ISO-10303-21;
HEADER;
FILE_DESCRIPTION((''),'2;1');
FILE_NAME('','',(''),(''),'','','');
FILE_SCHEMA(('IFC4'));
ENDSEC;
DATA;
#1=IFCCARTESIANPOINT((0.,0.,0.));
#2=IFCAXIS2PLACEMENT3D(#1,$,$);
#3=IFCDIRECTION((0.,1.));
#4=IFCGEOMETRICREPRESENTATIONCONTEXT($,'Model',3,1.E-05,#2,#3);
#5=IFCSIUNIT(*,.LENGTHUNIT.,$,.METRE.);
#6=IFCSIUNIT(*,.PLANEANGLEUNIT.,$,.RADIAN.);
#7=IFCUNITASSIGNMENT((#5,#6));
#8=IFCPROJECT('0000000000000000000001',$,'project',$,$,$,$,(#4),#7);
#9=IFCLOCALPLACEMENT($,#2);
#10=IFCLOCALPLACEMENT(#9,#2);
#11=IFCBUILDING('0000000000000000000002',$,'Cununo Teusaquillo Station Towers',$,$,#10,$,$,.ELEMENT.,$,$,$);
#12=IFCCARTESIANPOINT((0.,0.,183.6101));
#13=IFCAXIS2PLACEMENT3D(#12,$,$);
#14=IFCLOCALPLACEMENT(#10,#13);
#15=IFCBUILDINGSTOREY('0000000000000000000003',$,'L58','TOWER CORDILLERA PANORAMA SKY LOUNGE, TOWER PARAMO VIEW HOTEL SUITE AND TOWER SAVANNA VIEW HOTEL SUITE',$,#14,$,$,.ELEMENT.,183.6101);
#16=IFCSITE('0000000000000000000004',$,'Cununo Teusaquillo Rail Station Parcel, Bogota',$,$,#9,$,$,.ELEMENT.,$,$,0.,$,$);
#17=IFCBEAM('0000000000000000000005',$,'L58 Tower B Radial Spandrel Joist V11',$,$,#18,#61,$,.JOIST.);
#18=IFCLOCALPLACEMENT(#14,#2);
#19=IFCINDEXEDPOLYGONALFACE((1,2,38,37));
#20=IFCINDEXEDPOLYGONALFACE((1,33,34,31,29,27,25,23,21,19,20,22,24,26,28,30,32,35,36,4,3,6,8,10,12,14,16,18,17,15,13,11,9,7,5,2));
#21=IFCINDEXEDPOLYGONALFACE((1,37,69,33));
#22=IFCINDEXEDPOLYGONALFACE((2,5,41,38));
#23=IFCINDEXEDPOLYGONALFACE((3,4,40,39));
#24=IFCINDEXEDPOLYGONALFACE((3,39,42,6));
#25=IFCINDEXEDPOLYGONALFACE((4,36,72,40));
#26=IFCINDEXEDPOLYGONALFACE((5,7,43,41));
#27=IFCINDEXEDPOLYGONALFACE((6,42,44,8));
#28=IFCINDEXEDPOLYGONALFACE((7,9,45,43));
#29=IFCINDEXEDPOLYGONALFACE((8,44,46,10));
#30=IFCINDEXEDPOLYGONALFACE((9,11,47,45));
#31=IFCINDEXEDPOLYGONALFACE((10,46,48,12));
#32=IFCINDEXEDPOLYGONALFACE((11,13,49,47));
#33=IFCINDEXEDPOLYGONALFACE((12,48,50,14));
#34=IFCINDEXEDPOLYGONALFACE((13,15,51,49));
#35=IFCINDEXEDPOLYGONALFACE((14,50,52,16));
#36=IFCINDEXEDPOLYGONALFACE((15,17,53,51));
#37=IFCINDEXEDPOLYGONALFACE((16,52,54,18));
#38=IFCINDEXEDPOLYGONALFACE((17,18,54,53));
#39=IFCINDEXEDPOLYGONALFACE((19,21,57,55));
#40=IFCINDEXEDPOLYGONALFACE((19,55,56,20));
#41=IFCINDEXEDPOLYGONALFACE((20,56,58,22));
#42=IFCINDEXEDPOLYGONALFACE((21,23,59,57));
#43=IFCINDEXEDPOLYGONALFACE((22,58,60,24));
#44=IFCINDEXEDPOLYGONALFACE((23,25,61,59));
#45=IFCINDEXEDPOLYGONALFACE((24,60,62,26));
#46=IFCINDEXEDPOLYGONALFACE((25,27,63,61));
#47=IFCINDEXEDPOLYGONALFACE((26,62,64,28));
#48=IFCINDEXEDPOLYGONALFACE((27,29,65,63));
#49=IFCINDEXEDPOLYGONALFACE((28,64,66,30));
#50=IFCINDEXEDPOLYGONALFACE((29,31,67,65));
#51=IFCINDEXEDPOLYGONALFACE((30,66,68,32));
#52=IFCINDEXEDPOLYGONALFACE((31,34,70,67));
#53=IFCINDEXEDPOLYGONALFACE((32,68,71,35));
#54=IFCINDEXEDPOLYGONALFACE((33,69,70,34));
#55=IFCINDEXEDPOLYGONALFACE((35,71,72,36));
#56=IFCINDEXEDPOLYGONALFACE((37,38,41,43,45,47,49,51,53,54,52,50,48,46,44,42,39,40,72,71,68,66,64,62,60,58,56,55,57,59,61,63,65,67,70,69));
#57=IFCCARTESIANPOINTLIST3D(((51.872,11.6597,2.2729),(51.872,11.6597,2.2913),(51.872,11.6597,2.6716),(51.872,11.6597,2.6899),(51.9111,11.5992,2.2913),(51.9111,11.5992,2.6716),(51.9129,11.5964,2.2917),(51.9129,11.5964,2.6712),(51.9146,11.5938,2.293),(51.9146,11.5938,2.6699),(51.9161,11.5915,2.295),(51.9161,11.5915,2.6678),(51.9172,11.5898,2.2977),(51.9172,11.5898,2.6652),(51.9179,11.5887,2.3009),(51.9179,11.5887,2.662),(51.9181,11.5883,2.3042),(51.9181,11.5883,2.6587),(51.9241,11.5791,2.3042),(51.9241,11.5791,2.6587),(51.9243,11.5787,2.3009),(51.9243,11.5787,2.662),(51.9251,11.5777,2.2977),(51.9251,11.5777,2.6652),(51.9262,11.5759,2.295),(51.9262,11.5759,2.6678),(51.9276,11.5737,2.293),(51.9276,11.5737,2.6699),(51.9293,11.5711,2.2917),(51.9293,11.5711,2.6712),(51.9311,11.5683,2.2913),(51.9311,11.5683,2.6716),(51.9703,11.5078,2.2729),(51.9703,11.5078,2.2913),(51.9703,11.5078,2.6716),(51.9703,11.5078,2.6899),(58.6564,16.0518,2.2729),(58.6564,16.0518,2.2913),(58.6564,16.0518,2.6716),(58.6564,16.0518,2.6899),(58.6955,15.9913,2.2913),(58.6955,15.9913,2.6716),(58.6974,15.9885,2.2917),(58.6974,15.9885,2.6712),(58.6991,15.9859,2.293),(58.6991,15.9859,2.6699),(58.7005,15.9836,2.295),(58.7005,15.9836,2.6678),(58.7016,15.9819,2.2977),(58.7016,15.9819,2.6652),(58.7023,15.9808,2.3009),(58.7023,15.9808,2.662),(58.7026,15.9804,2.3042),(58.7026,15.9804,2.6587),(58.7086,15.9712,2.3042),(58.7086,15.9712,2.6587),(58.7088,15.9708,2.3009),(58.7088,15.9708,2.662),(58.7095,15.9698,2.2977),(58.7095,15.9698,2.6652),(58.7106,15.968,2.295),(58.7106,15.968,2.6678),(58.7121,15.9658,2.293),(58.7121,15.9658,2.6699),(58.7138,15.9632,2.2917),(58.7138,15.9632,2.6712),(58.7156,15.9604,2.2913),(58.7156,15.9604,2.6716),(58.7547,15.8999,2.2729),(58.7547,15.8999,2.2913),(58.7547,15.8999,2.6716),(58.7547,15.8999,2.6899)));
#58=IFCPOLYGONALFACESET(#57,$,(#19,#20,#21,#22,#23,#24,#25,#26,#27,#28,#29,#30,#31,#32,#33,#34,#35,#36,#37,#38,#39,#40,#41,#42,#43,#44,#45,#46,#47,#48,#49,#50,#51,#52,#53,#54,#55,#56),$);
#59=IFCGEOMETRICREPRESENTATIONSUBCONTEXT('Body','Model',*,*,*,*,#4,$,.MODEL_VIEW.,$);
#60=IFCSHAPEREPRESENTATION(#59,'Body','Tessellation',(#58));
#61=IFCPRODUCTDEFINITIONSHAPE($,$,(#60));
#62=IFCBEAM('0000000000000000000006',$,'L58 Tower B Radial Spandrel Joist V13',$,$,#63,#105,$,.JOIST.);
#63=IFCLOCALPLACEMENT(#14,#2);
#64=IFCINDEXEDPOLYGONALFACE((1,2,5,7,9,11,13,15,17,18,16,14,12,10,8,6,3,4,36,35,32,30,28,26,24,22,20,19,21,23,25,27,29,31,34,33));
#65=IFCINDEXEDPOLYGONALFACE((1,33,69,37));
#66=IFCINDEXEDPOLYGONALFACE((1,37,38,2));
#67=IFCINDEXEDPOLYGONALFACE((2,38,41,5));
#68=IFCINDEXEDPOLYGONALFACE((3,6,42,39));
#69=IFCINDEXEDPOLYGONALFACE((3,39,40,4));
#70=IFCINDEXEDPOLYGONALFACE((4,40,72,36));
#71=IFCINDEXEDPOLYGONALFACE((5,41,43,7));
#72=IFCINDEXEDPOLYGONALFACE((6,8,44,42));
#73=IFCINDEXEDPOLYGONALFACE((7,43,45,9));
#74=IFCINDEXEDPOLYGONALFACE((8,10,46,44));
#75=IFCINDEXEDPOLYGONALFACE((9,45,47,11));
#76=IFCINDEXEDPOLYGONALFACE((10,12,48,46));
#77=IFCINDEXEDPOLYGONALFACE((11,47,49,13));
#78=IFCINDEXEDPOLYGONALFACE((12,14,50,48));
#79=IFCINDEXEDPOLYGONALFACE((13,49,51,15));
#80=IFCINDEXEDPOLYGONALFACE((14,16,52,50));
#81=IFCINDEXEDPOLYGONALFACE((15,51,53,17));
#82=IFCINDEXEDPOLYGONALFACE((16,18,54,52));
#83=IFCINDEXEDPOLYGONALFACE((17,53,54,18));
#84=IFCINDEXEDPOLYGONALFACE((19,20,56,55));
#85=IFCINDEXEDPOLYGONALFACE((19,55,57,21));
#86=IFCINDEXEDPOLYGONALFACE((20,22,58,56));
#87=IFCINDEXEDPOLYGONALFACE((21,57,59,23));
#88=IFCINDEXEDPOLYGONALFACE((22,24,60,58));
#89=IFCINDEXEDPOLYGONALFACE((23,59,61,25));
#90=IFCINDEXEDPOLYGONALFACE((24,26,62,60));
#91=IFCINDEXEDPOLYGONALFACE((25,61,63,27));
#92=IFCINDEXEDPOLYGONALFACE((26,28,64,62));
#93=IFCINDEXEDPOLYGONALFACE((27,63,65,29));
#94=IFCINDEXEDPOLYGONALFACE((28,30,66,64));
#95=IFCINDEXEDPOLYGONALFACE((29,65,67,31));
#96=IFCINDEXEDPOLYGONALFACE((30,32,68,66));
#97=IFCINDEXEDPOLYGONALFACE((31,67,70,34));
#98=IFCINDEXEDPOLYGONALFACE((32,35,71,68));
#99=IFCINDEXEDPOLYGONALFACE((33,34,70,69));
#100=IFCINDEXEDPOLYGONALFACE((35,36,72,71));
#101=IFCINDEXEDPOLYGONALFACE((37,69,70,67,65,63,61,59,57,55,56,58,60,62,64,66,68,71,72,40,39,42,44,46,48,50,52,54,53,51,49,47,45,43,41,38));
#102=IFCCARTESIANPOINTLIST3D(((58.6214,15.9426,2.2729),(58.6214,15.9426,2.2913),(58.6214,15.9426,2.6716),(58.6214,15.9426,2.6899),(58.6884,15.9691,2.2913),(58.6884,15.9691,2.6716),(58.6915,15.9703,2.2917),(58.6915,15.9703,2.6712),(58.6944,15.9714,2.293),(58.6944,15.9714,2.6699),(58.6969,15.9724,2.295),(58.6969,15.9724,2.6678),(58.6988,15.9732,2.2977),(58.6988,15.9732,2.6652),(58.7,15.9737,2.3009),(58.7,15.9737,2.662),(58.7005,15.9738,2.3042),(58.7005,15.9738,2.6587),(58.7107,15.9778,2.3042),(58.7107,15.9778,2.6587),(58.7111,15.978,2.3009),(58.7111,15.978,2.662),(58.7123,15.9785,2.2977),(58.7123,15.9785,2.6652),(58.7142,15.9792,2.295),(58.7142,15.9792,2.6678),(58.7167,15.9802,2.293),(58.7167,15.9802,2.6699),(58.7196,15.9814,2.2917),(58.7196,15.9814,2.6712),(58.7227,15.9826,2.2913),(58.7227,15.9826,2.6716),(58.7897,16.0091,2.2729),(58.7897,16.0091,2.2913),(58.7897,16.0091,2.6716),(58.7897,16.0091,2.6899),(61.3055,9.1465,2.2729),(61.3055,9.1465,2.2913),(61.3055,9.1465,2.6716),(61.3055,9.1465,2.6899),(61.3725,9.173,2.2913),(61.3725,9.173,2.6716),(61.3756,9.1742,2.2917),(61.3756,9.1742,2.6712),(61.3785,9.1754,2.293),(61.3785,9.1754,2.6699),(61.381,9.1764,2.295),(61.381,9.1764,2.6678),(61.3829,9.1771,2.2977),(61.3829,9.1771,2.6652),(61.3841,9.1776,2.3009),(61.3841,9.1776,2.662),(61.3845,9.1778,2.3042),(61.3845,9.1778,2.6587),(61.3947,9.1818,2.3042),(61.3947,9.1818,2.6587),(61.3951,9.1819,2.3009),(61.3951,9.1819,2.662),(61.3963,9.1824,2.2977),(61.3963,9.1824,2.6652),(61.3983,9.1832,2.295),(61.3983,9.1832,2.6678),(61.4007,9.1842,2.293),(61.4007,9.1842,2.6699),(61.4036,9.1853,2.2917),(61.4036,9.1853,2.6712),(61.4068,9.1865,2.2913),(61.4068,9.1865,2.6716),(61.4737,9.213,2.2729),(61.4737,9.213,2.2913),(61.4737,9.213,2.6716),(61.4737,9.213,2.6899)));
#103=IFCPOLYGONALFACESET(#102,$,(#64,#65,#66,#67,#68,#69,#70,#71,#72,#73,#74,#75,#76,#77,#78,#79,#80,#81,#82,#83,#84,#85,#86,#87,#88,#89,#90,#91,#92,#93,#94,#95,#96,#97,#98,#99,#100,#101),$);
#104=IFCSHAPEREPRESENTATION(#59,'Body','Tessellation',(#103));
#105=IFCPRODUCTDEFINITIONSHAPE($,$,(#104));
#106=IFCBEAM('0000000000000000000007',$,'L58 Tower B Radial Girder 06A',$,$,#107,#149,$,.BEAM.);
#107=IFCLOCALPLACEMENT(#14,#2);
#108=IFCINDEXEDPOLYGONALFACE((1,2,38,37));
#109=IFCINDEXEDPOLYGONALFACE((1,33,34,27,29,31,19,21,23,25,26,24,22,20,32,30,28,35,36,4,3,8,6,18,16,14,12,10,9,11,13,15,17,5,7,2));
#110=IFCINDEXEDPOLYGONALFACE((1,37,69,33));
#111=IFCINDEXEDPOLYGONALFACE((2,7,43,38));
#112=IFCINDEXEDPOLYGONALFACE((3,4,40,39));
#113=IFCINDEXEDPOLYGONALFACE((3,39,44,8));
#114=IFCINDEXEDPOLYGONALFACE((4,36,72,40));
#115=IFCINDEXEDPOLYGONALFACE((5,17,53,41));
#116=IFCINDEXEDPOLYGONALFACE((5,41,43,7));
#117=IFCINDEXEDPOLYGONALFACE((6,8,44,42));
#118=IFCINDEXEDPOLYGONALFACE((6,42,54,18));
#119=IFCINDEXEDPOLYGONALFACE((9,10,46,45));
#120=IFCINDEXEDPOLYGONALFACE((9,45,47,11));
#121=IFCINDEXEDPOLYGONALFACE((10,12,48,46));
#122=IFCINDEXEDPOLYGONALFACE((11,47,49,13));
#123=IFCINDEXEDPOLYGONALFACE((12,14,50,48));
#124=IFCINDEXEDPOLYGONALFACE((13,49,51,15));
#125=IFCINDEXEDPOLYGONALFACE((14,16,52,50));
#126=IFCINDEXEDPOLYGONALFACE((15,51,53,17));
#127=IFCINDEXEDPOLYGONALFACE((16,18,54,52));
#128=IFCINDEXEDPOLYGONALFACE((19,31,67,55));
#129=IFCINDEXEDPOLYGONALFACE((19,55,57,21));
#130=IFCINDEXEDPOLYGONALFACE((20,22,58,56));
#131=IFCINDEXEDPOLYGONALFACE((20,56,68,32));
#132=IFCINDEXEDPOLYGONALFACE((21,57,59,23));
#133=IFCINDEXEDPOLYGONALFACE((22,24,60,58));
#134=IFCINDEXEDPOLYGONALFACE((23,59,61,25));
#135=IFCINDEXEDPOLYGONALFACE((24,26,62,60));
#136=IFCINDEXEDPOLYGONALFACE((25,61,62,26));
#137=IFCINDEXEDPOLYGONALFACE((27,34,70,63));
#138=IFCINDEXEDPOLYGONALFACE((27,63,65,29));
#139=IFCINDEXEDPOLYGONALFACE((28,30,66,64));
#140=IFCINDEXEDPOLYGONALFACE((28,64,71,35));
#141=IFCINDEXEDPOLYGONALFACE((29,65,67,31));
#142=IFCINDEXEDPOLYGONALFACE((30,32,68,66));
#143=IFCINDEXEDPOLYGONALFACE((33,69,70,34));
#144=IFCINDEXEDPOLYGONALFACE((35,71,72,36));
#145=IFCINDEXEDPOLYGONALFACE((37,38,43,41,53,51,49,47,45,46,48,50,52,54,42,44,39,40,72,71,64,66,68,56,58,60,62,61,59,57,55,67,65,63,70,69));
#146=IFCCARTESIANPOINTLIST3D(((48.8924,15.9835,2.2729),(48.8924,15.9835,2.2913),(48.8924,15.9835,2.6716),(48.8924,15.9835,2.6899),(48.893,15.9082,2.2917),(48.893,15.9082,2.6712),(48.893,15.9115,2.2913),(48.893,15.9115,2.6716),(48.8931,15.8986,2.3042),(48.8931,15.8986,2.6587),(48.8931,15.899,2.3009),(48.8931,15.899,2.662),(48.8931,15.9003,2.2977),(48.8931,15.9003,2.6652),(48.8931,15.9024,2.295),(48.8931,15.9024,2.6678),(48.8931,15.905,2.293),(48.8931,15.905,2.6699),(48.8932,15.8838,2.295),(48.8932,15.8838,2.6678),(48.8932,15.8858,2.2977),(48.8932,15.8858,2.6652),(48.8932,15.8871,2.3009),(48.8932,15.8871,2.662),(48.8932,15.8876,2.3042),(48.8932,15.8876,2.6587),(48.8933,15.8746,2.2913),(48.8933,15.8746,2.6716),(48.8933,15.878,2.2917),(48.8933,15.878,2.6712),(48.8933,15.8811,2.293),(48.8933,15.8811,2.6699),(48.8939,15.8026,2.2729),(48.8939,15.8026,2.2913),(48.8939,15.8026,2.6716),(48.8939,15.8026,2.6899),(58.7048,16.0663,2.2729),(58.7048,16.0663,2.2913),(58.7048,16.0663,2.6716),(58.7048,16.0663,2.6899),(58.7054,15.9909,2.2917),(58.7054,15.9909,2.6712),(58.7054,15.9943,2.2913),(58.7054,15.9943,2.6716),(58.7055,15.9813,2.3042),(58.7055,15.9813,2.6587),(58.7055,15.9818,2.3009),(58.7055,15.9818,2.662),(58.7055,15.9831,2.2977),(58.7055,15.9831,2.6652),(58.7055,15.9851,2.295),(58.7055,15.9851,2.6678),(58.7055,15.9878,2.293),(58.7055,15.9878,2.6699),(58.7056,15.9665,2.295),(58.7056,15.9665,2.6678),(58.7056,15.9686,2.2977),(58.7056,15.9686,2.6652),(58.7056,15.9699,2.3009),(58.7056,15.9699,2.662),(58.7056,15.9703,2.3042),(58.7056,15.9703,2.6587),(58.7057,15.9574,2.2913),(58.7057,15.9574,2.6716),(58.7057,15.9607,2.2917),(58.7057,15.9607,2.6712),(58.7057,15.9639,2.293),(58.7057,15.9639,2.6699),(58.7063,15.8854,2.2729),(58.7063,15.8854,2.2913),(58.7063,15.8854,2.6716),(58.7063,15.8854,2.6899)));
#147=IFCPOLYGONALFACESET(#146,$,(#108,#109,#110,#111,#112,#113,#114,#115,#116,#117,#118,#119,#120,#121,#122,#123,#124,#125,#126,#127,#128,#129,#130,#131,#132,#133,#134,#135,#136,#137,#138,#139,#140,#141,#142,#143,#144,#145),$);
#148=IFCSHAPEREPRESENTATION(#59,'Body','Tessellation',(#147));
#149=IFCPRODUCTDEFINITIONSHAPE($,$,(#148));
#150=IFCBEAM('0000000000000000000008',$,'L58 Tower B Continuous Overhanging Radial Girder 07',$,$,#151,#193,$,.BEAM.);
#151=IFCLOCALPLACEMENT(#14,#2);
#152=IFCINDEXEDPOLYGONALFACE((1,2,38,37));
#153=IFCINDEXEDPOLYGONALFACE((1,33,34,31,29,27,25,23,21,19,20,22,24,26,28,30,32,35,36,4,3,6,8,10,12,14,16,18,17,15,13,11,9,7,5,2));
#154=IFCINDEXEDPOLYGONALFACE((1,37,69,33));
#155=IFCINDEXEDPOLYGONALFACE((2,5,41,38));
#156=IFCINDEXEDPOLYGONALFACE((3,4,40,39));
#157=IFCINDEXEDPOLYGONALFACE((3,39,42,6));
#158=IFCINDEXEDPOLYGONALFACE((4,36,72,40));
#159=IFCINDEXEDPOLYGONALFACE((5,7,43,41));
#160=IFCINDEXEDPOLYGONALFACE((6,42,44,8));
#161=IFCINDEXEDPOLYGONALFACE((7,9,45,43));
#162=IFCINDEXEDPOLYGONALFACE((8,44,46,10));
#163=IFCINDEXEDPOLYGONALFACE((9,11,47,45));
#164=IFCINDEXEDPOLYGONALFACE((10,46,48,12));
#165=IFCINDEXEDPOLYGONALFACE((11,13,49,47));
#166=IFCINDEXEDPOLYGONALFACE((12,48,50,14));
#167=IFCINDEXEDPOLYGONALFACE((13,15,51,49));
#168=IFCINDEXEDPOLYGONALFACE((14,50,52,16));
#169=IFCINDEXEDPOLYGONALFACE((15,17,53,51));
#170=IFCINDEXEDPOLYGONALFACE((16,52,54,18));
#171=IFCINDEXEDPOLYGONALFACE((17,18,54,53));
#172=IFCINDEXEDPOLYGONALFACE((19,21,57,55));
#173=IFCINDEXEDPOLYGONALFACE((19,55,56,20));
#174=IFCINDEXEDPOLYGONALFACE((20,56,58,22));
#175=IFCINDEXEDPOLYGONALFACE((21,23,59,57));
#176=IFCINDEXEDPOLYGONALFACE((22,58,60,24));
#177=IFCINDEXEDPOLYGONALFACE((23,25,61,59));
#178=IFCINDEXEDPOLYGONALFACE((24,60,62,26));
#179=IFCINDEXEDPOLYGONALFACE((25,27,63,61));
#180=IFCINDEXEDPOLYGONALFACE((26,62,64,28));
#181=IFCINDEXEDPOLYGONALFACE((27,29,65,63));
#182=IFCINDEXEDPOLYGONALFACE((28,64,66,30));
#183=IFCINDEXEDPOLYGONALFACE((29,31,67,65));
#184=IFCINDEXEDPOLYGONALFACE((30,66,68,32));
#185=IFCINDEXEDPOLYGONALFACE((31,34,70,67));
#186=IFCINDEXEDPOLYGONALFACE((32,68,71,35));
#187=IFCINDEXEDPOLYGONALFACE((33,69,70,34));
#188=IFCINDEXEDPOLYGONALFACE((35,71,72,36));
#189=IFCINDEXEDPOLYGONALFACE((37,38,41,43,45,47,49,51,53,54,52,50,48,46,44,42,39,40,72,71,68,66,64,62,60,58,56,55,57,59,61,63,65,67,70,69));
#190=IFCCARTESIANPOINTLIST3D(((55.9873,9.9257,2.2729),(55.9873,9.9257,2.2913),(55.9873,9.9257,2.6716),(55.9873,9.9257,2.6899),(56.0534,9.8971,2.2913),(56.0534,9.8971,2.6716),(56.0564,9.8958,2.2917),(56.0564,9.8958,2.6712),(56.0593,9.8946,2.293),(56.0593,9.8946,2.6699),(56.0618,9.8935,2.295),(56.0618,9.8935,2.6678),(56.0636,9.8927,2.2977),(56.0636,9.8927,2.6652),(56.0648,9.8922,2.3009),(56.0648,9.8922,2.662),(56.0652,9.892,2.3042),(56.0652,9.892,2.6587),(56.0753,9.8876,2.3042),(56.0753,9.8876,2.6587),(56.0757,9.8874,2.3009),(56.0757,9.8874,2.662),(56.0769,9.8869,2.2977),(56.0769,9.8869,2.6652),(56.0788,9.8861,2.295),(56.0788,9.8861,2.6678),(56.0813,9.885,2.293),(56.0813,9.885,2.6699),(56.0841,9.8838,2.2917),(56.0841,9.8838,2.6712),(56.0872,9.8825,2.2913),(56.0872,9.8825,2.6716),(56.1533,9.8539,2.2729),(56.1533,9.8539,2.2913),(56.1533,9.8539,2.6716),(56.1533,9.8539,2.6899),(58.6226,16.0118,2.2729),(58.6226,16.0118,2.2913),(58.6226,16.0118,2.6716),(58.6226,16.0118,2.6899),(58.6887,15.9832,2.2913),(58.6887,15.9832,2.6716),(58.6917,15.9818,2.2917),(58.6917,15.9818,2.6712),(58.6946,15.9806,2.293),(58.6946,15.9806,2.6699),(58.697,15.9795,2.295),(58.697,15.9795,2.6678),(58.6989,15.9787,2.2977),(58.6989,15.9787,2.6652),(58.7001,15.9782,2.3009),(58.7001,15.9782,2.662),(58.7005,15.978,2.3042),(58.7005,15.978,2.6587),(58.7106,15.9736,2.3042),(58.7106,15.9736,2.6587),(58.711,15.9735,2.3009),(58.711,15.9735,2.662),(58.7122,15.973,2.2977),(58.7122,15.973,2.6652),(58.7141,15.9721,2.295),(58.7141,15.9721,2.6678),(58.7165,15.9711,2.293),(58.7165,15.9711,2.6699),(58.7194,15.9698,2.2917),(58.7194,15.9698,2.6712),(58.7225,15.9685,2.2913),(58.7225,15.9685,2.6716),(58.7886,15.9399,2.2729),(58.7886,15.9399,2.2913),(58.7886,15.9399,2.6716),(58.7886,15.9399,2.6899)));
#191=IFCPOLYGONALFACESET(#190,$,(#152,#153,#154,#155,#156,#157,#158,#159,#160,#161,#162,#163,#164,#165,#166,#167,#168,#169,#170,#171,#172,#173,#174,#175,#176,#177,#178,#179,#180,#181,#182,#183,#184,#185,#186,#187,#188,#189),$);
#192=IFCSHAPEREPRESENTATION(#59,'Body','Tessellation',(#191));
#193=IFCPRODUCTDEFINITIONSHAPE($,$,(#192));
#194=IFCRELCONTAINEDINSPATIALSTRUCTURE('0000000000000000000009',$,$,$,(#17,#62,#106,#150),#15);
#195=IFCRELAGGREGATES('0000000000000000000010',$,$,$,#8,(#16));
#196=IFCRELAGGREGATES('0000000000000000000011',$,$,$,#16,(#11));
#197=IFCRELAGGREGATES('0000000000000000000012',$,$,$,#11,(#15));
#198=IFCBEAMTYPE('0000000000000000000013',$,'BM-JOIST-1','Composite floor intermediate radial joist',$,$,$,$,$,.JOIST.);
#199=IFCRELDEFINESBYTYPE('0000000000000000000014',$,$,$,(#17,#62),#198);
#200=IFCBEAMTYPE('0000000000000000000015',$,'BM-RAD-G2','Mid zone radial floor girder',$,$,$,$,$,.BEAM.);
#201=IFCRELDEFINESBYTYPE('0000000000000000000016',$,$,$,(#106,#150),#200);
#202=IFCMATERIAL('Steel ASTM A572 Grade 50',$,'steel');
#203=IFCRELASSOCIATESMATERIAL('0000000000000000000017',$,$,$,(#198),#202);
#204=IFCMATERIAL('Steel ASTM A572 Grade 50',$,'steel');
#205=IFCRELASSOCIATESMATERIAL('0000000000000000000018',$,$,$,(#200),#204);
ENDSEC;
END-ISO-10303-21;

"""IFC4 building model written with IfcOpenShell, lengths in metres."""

from ifc_helpers import new_model, si_unit, direction, frame, origin, origin_2d, place, context, subcontext, project, spatial, i_section, extrude, material, material_profile, profile_set, type_object, element, save


model = new_model("IFC4")

# Units and contexts
model_context = context("Model", 3, precision=1e-05, world=origin(), true_north=direction((0.0, 1.0)))
body_context = subcontext(model_context, "Body", "Model", "MODEL_VIEW")
ifc_project = project(units=[si_unit("LENGTHUNIT", "METRE"), si_unit("PLANEANGLEUNIT", "RADIAN")], contexts=[model_context])

# Site, building, storey
site_placement = place(None, origin())
site = spatial("IfcSite", under=ifc_project, at=site_placement, Name="Cununo Teusaquillo Rail Station Parcel, Bogota", CompositionType="ELEMENT", RefElevation=0.0)
building_placement = place(site_placement, origin())
building = spatial("IfcBuilding", under=site, at=building_placement, Name="Cununo Teusaquillo Station Towers", CompositionType="ELEMENT")
storey_placement = place(building_placement, frame((0.0, 0.0, 183.6101)))
storey = spatial("IfcBuildingStorey", under=building, at=storey_placement, Name="L58", Description="TOWER CORDILLERA PANORAMA SKY LOUNGE, TOWER PARAMO VIEW HOTEL SUITE AND TOWER SAVANNA VIEW HOTEL SUITE", CompositionType="ELEMENT", Elevation=183.6101)

# Beams
ifc_material_1 = material(Name="Steel ASTM A572 Grade 50", Category="steel")
ifc_material_profile_1 = material_profile(ifc_material_1, i_section(OverallWidth=0.1809, OverallDepth=0.417, WebThickness=0.011, FlangeThickness=0.0183, FilletRadius=0.0129, at=origin_2d()), Name="W16X57")
ifc_profile_set_1 = profile_set([ifc_material_profile_1], Name="Steel ASTM A572 Grade 50")
beam_type_1 = type_object("IfcBeamType", Name="BM-JOIST-1", Description="Composite floor intermediate radial joist", PredefinedType="JOIST", material=ifc_profile_set_1)
beam_1_placement = place(storey_placement, frame((58.7056, 15.9758, 2.4814), z_axis=(-0.839448, -0.54344, 0.0), x_axis=(0.54344, -0.839448, 0.0)))
element("IfcBeam", 1, at=beam_1_placement, inside=storey, type_object=beam_type_1, Name="L58 Tower B Radial Spandrel Joist V11", PredefinedType="JOIST", context=body_context, shape_type="SweptSolid", body=[
    extrude(i_section(OverallWidth=0.1809, OverallDepth=0.417, WebThickness=0.011, FlangeThickness=0.0183, FilletRadius=0.0129, at=origin_2d()), origin(), (0.0, 0.0, 1.0), 8.082),
])
beam_2_placement = place(storey_placement, frame((58.7056, 15.9758, 2.4814), z_axis=(0.367332, -0.93009, 0.0), x_axis=(0.93009, 0.367332, 0.0)))
element("IfcBeam", 2, at=beam_2_placement, inside=storey, type_object=beam_type_1, Name="L58 Tower B Radial Spandrel Joist V13", PredefinedType="JOIST", context=body_context, shape_type="SweptSolid", body=[
    extrude(i_section(OverallWidth=0.1809, OverallDepth=0.417, WebThickness=0.011, FlangeThickness=0.0183, FilletRadius=0.0129, at=origin_2d()), origin(), (0.0, 0.0, 1.0), 7.3069),
])
ifc_material_2 = material(Name="Steel ASTM A572 Grade 50", Category="steel")
ifc_material_profile_2 = material_profile(ifc_material_2, i_section(OverallWidth=0.1809, OverallDepth=0.417, WebThickness=0.011, FlangeThickness=0.0183, FilletRadius=0.0129, at=origin_2d()), Name="W16X57")
ifc_profile_set_2 = profile_set([ifc_material_profile_2], Name="Steel ASTM A572 Grade 50")
beam_type_2 = type_object("IfcBeamType", Name="BM-RAD-G2", Description="Mid zone radial floor girder", PredefinedType="BEAM", material=ifc_profile_set_2)
beam_3_placement = place(storey_placement, frame((58.7056, 15.9758, 2.4814), z_axis=(-0.999964, -0.008434, 0.0), x_axis=(0.008434, -0.999964, 0.0)))
element("IfcBeam", 3, at=beam_3_placement, inside=storey, type_object=beam_type_2, Name="L58 Tower B Radial Girder 06A", PredefinedType="BEAM", context=body_context, shape_type="SweptSolid", body=[
    extrude(i_section(OverallWidth=0.1809, OverallDepth=0.417, WebThickness=0.011, FlangeThickness=0.0183, FilletRadius=0.0129, at=origin_2d()), origin(), (0.0, 0.0, 1.0), 9.8127),
])
beam_4_placement = place(storey_placement, frame((58.7056, 15.9758, 2.4814), z_axis=(-0.397355, -0.917665, 0.0), x_axis=(0.917665, -0.397355, 0.0)))
element("IfcBeam", 4, at=beam_4_placement, inside=storey, type_object=beam_type_2, Name="L58 Tower B Continuous Overhanging Radial Girder 07", PredefinedType="BEAM", context=body_context, shape_type="SweptSolid", body=[
    extrude(i_section(OverallWidth=0.1809, OverallDepth=0.417, WebThickness=0.011, FlangeThickness=0.0183, FilletRadius=0.0129, at=origin_2d()), origin(), (0.0, 0.0, 1.0), 6.6321),
])

save(model, "model.ifc")
